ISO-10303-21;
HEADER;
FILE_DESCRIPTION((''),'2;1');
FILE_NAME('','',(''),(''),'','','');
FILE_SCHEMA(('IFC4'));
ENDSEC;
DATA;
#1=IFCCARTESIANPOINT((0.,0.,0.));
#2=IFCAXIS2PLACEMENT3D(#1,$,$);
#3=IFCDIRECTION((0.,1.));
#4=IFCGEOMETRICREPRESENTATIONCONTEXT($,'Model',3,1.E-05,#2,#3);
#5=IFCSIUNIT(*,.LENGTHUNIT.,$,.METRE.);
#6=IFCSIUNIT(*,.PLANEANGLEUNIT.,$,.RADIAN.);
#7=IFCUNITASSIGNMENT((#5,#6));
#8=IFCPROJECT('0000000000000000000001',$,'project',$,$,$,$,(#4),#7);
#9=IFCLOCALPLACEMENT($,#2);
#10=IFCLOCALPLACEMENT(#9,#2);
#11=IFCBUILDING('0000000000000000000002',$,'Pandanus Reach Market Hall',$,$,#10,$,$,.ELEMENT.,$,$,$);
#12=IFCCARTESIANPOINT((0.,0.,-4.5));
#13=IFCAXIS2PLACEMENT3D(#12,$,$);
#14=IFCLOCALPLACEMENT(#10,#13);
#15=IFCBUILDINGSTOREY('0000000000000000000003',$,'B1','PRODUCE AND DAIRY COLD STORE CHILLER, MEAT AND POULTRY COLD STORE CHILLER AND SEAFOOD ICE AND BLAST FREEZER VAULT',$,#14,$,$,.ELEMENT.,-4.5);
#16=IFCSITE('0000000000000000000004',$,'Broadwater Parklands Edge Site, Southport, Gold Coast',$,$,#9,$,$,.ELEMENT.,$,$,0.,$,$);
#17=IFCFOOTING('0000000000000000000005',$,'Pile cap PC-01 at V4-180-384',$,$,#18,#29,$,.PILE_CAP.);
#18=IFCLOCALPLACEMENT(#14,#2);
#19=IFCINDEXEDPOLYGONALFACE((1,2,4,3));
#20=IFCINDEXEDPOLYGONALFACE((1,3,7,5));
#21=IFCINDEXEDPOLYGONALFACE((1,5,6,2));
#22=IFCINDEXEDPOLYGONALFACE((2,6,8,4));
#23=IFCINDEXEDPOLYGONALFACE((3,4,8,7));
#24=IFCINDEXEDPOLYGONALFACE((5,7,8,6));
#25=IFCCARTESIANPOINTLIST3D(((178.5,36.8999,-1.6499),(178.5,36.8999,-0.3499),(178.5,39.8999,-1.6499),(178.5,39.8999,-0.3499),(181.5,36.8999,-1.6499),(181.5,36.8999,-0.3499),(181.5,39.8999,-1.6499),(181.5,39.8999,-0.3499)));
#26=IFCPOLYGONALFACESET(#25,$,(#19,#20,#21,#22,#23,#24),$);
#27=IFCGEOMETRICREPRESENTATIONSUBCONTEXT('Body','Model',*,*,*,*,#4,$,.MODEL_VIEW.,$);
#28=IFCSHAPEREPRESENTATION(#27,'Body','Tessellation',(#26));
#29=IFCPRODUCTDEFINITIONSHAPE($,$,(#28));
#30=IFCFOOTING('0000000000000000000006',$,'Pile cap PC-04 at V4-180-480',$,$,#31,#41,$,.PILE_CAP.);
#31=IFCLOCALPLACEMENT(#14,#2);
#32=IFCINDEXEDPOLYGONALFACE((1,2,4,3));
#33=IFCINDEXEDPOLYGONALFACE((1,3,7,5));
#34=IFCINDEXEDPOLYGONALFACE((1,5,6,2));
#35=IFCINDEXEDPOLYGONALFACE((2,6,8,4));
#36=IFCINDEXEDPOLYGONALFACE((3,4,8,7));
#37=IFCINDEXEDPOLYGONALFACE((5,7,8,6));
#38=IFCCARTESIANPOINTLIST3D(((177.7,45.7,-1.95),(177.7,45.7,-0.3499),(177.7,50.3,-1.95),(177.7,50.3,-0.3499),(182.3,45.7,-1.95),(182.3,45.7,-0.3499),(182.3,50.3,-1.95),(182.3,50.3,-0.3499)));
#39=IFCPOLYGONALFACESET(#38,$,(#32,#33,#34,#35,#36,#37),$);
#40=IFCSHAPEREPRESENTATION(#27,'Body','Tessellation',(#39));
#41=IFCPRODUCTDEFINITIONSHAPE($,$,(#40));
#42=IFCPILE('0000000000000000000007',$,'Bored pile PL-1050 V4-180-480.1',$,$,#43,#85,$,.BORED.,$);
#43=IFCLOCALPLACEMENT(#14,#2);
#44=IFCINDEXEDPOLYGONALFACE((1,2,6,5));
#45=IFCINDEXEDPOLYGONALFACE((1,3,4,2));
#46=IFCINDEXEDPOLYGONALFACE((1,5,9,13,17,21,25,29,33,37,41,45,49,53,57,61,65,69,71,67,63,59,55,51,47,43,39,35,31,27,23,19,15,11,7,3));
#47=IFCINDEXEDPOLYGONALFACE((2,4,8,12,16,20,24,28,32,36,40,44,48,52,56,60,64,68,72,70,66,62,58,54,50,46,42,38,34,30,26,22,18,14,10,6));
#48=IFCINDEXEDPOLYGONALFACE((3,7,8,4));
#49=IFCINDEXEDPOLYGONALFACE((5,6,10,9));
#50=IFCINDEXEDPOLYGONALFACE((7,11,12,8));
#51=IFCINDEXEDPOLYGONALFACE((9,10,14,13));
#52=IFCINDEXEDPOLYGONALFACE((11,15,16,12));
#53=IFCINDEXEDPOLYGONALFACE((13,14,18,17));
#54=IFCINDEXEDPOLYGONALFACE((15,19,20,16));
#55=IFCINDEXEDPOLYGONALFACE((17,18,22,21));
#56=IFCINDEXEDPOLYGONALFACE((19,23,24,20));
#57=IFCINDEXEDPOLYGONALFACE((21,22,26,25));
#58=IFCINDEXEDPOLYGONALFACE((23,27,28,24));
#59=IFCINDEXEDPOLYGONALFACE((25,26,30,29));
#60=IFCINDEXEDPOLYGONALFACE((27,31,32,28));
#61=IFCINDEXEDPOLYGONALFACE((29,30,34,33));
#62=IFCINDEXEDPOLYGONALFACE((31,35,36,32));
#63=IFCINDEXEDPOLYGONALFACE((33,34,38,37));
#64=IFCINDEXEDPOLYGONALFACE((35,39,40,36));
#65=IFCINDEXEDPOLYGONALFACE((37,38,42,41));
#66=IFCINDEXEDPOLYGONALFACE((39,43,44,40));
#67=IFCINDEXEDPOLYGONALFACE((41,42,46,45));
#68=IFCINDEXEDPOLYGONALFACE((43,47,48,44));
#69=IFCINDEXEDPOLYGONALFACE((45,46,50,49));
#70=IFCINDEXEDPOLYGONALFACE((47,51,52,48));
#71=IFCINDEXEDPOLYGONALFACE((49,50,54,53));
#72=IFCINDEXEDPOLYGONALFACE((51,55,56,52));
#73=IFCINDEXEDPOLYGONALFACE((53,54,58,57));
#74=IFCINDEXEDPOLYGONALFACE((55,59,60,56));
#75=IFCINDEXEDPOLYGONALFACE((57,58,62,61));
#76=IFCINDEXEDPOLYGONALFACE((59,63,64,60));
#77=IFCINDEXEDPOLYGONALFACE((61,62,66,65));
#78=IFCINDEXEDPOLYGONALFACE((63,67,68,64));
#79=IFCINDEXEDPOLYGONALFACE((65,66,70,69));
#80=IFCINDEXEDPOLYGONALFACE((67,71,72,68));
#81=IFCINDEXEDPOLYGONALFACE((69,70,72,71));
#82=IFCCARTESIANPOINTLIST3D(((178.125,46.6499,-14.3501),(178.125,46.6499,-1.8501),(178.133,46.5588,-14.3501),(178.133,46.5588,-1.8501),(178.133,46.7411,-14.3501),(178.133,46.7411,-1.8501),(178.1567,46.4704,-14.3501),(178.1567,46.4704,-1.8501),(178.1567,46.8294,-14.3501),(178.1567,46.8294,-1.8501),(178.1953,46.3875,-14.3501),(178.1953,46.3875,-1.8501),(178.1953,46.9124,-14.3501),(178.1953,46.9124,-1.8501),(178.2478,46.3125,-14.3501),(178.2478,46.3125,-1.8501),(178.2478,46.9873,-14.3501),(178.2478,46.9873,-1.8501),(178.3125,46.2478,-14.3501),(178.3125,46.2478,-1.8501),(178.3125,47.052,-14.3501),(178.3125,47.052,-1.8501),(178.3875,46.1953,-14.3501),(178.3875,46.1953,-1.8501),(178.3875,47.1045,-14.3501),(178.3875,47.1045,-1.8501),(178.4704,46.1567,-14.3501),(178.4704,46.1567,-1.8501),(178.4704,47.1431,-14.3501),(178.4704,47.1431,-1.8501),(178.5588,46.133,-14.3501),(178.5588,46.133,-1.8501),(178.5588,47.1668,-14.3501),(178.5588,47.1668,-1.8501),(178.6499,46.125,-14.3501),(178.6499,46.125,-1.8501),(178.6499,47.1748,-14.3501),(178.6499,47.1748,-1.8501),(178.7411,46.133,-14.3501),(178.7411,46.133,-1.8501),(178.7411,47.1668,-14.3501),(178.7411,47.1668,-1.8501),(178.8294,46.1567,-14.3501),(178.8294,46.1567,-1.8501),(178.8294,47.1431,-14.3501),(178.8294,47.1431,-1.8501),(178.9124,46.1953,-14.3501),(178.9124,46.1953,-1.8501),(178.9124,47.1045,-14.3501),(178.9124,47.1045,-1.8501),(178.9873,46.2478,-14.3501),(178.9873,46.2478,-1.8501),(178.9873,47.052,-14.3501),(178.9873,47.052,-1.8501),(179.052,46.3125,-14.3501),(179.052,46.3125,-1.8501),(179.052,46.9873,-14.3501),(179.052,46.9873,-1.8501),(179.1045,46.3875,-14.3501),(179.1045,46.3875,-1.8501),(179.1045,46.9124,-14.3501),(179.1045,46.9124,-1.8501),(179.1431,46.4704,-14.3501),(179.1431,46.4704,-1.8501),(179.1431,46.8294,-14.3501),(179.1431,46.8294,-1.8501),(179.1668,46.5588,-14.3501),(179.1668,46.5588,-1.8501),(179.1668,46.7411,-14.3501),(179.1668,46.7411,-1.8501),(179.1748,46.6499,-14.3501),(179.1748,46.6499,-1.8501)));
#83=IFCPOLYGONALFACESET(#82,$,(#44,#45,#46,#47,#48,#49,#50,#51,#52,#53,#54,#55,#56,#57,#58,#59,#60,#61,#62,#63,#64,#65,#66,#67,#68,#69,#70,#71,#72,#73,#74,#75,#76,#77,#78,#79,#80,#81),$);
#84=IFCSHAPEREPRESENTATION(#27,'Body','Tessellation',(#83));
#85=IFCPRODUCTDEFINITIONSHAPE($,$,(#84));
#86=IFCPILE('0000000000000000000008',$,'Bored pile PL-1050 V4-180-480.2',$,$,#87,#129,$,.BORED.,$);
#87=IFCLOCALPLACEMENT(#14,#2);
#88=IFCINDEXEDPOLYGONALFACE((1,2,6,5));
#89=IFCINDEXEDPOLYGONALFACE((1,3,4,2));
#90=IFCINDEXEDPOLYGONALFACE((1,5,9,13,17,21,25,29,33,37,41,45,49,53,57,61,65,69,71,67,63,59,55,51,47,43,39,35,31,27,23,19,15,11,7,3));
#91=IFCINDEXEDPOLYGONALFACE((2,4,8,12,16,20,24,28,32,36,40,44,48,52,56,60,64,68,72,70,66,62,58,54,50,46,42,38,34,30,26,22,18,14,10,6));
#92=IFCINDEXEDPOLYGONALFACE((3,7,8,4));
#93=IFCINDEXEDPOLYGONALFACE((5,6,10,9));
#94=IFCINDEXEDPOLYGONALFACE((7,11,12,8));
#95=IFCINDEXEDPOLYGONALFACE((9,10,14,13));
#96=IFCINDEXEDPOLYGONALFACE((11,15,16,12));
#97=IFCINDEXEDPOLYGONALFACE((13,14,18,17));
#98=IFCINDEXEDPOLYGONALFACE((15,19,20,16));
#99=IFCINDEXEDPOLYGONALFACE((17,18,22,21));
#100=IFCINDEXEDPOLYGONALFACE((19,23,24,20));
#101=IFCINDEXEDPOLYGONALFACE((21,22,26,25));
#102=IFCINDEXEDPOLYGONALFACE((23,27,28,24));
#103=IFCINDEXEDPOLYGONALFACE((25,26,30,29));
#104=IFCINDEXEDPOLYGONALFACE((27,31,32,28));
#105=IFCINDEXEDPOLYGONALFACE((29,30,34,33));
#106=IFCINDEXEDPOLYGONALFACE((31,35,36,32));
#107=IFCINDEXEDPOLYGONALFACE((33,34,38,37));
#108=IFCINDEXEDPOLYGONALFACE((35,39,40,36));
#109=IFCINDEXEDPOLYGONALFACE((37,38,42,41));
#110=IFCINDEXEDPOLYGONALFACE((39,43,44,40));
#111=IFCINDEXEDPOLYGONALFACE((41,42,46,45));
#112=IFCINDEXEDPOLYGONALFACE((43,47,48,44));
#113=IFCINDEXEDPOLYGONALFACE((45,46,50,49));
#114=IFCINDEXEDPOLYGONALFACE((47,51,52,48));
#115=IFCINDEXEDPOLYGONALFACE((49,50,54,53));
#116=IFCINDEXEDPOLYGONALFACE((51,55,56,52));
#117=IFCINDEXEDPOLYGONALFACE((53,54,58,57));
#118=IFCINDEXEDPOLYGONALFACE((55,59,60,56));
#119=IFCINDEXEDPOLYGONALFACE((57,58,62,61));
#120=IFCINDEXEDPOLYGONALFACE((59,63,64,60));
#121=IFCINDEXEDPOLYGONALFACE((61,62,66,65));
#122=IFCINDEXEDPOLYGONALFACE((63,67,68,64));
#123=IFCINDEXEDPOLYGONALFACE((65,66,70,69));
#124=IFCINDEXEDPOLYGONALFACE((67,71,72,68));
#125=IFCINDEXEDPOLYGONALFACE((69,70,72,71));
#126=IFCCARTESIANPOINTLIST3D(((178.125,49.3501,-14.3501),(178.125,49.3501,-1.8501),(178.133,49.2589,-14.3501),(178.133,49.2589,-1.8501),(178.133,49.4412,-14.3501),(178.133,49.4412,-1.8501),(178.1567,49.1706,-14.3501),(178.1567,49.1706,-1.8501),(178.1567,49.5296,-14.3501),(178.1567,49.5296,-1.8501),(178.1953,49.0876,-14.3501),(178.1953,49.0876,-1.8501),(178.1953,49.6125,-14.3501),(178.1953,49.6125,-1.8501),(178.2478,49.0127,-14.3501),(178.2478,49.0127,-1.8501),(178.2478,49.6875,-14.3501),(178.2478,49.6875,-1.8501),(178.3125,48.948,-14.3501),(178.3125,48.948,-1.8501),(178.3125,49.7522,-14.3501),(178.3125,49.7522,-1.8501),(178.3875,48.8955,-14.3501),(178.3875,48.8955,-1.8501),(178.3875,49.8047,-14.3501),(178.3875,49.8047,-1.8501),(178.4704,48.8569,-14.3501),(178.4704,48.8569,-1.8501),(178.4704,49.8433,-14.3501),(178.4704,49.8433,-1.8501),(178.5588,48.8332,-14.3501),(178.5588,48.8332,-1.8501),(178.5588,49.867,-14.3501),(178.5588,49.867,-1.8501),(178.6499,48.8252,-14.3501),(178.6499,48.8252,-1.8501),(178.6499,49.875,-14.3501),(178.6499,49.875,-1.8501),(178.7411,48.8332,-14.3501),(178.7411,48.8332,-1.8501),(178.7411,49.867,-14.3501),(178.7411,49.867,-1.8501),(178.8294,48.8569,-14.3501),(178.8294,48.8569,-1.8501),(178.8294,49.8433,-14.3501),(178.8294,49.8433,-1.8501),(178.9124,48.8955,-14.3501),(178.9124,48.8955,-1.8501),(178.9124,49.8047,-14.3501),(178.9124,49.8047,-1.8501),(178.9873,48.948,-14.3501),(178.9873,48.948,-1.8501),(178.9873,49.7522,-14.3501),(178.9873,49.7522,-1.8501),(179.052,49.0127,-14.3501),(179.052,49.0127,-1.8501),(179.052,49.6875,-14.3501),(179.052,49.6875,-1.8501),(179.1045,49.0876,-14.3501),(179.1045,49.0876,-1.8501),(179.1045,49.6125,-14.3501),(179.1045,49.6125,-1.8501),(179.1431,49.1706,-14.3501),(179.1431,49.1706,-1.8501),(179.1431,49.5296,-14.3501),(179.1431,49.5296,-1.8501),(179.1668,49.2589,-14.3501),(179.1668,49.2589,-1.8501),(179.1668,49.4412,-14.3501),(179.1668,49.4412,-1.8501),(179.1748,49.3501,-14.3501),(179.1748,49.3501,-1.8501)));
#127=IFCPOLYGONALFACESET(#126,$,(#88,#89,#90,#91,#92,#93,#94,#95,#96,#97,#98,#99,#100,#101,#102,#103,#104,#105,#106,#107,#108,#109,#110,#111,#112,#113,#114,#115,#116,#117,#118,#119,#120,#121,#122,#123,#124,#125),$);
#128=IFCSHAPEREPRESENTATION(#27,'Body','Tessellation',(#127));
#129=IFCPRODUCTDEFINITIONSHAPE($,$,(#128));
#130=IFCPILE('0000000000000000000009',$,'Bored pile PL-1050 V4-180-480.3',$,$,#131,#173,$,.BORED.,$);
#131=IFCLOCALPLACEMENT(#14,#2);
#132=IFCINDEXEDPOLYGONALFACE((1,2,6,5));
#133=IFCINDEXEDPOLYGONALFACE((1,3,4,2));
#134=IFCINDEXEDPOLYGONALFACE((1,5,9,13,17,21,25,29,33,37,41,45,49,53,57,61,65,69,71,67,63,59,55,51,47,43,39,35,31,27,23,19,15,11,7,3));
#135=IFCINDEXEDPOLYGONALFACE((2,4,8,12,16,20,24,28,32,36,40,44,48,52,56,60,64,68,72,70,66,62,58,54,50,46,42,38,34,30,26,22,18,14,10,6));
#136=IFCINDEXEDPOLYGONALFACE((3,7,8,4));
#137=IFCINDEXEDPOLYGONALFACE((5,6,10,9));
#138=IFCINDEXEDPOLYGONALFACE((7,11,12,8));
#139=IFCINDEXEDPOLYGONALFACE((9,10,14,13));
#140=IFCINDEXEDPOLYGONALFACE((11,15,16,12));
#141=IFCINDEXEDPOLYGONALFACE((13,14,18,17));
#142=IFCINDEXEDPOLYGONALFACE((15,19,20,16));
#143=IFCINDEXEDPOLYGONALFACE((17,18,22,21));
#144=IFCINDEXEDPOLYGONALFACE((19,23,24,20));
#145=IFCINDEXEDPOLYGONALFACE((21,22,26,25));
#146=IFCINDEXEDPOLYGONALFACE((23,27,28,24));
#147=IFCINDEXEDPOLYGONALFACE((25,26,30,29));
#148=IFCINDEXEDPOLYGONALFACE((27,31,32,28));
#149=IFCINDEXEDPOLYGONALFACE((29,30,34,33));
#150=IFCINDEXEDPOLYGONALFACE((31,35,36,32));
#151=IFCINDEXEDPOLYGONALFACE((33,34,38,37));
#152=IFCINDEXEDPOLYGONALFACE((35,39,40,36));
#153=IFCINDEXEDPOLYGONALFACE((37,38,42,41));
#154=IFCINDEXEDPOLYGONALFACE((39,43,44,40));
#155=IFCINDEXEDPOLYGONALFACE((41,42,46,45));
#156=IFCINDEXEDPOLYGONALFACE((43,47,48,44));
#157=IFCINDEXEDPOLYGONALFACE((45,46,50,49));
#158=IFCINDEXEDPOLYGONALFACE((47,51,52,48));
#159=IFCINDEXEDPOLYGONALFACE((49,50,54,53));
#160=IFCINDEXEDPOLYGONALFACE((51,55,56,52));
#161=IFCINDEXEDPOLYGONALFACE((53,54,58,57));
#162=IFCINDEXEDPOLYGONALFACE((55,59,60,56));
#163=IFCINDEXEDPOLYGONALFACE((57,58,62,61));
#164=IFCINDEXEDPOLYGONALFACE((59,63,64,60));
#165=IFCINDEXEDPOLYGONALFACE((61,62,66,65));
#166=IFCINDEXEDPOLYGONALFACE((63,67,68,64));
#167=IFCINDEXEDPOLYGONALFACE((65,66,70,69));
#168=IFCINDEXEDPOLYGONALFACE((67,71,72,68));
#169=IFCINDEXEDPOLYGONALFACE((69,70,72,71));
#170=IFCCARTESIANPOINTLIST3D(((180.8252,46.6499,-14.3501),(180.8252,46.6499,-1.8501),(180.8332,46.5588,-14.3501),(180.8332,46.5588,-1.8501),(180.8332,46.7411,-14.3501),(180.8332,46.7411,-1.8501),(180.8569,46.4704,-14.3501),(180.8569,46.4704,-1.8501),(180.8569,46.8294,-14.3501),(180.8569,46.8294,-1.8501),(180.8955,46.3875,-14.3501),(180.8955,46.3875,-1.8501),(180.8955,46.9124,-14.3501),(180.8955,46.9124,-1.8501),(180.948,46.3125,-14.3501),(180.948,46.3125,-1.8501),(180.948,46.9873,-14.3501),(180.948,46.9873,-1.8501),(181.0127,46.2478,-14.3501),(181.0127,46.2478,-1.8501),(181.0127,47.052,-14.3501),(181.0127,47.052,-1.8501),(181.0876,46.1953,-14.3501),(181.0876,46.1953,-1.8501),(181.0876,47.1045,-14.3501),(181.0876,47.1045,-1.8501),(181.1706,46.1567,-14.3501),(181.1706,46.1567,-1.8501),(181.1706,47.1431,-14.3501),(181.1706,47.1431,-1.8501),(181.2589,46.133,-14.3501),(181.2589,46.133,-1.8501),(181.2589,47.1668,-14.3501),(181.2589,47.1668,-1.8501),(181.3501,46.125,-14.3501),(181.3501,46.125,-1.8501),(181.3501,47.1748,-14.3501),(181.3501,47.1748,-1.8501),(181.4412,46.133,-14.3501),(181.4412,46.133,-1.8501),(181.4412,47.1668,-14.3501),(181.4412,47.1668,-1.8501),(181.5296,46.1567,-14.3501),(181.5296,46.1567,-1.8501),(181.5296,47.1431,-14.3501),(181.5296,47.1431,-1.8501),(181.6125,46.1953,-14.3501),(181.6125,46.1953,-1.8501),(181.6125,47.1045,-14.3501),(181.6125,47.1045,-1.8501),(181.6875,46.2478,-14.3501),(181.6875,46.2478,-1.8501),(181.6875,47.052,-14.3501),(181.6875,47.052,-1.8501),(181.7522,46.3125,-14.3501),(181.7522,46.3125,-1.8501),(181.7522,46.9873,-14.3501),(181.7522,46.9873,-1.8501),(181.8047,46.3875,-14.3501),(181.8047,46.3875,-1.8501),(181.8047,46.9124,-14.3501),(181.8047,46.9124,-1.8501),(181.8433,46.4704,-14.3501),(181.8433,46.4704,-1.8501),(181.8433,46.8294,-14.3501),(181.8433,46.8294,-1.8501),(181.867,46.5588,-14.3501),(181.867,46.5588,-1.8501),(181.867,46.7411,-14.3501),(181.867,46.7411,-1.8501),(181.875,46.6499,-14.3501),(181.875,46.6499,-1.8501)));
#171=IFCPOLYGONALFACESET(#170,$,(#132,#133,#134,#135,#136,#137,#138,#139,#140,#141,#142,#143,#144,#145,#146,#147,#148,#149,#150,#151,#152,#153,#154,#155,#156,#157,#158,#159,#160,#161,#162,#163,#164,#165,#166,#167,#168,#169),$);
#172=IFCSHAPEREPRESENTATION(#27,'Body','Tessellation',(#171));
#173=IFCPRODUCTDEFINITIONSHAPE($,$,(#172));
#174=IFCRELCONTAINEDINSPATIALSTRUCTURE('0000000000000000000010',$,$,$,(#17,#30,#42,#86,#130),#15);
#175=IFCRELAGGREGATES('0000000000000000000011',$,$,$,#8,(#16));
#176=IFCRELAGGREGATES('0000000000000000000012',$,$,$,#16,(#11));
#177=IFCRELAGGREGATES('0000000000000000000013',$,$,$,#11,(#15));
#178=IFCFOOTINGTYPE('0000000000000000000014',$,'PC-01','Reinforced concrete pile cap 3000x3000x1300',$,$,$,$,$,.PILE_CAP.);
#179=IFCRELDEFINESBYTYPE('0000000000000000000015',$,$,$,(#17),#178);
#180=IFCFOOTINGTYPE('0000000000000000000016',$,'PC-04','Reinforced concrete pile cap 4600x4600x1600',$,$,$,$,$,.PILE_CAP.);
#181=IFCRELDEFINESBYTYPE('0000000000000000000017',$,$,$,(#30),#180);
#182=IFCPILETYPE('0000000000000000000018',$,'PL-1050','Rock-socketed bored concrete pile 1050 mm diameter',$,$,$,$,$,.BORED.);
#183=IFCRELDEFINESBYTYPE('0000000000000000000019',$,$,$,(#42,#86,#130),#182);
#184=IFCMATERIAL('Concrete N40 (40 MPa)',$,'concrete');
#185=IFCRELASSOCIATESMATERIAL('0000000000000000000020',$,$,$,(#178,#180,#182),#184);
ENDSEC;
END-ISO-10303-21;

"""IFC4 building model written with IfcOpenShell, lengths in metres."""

from ifc_helpers import new_model, si_unit, direction, frame, origin, origin_2d, place, context, subcontext, project, spatial, rectangle, circle, extrude, material, material_profile, profile_set, type_object, element, save


model = new_model("IFC4")

# Units and contexts
model_context = context("Model", 3, precision=1e-05, world=origin(), true_north=direction((0.0, 1.0)))
body_context = subcontext(model_context, "Body", "Model", "MODEL_VIEW")
ifc_project = project(units=[si_unit("LENGTHUNIT", "METRE"), si_unit("PLANEANGLEUNIT", "RADIAN")], contexts=[model_context])

# Site, building, storey
site_placement = place(None, origin())
site = spatial("IfcSite", under=ifc_project, at=site_placement, Name="Broadwater Parklands Edge Site, Southport, Gold Coast", CompositionType="ELEMENT", RefElevation=0.0)
building_placement = place(site_placement, origin())
building = spatial("IfcBuilding", under=site, at=building_placement, Name="Pandanus Reach Market Hall", CompositionType="ELEMENT")
storey_placement = place(building_placement, frame((0.0, 0.0, -4.5)))
storey = spatial("IfcBuildingStorey", under=building, at=storey_placement, Name="B1", Description="PRODUCE AND DAIRY COLD STORE CHILLER, MEAT AND POULTRY COLD STORE CHILLER AND SEAFOOD ICE AND BLAST FREEZER VAULT", CompositionType="ELEMENT", Elevation=-4.5)

# Footings
ifc_material_1 = material(Name="Concrete N40 (40 MPa)", Category="concrete")
footing_type_1 = type_object("IfcFootingType", Name="PC-01", Description="Reinforced concrete pile cap 3000x3000x1300", PredefinedType="PILE_CAP", material=ifc_material_1)
footing_1_placement = place(storey_placement, frame((180.0, 38.3999, -1.6499), z_axis=(0.0, 0.0, 1.0), x_axis=(1.0, 0.0, 0.0)))
element("IfcFooting", 1, at=footing_1_placement, inside=storey, type_object=footing_type_1, Name="Pile cap PC-01 at V4-180-384", PredefinedType="PILE_CAP", context=body_context, shape_type="SweptSolid", body=[
    extrude(rectangle(XDim=3.0, YDim=3.0, at=origin_2d()), origin(), (0.0, 0.0, 1.0), 1.3),
])
footing_type_2 = type_object("IfcFootingType", Name="PC-04", Description="Reinforced concrete pile cap 4600x4600x1600", PredefinedType="PILE_CAP", material=ifc_material_1)
footing_2_placement = place(storey_placement, frame((180.0, 48.0, -1.95), z_axis=(0.0, 0.0, 1.0), x_axis=(1.0, 0.0, 0.0)))
element("IfcFooting", 2, at=footing_2_placement, inside=storey, type_object=footing_type_2, Name="Pile cap PC-04 at V4-180-480", PredefinedType="PILE_CAP", context=body_context, shape_type="SweptSolid", body=[
    extrude(rectangle(XDim=4.6001, YDim=4.6001, at=origin_2d()), origin(), (0.0, 0.0, 1.0), 1.6001),
])

# Piles
ifc_material_profile_1 = material_profile(ifc_material_1, circle(Radius=0.5249, at=origin_2d()), Name="PILE-1050D", Category="LoadBearing")
ifc_profile_set_1 = profile_set([ifc_material_profile_1], Name="Concrete N40 (40 MPa)")
pile_type_1 = type_object("IfcPileType", Name="PL-1050", Description="Rock-socketed bored concrete pile 1050 mm diameter", PredefinedType="BORED", material=ifc_profile_set_1)
for number, where, z_axis, x_axis, name in (
    (3, (178.6499, 46.6499, -1.8501), (0.0, 0.0, -1.0), (1.0, 0.0, 0.0), "Bored pile PL-1050 V4-180-480.1"),
    (4, (178.6499, 49.3501, -1.8501), (0.0, 0.0, -1.0), (1.0, 0.0, 0.0), "Bored pile PL-1050 V4-180-480.2"),
    (5, (181.3501, 46.6499, -1.8501), (0.0, 0.0, -1.0), (1.0, 0.0, 0.0), "Bored pile PL-1050 V4-180-480.3"),
):
    element("IfcPile", number, at=place(storey_placement, frame(where, z_axis=z_axis, x_axis=x_axis)), inside=storey, type_object=pile_type_1, Name=name, PredefinedType="BORED", context=body_context, shape_type="SweptSolid", body=[
        extrude(circle(Radius=0.5249, at=origin_2d()), origin(), (0.0, 0.0, 1.0), 12.5),
    ])

save(model, "model.ifc")
